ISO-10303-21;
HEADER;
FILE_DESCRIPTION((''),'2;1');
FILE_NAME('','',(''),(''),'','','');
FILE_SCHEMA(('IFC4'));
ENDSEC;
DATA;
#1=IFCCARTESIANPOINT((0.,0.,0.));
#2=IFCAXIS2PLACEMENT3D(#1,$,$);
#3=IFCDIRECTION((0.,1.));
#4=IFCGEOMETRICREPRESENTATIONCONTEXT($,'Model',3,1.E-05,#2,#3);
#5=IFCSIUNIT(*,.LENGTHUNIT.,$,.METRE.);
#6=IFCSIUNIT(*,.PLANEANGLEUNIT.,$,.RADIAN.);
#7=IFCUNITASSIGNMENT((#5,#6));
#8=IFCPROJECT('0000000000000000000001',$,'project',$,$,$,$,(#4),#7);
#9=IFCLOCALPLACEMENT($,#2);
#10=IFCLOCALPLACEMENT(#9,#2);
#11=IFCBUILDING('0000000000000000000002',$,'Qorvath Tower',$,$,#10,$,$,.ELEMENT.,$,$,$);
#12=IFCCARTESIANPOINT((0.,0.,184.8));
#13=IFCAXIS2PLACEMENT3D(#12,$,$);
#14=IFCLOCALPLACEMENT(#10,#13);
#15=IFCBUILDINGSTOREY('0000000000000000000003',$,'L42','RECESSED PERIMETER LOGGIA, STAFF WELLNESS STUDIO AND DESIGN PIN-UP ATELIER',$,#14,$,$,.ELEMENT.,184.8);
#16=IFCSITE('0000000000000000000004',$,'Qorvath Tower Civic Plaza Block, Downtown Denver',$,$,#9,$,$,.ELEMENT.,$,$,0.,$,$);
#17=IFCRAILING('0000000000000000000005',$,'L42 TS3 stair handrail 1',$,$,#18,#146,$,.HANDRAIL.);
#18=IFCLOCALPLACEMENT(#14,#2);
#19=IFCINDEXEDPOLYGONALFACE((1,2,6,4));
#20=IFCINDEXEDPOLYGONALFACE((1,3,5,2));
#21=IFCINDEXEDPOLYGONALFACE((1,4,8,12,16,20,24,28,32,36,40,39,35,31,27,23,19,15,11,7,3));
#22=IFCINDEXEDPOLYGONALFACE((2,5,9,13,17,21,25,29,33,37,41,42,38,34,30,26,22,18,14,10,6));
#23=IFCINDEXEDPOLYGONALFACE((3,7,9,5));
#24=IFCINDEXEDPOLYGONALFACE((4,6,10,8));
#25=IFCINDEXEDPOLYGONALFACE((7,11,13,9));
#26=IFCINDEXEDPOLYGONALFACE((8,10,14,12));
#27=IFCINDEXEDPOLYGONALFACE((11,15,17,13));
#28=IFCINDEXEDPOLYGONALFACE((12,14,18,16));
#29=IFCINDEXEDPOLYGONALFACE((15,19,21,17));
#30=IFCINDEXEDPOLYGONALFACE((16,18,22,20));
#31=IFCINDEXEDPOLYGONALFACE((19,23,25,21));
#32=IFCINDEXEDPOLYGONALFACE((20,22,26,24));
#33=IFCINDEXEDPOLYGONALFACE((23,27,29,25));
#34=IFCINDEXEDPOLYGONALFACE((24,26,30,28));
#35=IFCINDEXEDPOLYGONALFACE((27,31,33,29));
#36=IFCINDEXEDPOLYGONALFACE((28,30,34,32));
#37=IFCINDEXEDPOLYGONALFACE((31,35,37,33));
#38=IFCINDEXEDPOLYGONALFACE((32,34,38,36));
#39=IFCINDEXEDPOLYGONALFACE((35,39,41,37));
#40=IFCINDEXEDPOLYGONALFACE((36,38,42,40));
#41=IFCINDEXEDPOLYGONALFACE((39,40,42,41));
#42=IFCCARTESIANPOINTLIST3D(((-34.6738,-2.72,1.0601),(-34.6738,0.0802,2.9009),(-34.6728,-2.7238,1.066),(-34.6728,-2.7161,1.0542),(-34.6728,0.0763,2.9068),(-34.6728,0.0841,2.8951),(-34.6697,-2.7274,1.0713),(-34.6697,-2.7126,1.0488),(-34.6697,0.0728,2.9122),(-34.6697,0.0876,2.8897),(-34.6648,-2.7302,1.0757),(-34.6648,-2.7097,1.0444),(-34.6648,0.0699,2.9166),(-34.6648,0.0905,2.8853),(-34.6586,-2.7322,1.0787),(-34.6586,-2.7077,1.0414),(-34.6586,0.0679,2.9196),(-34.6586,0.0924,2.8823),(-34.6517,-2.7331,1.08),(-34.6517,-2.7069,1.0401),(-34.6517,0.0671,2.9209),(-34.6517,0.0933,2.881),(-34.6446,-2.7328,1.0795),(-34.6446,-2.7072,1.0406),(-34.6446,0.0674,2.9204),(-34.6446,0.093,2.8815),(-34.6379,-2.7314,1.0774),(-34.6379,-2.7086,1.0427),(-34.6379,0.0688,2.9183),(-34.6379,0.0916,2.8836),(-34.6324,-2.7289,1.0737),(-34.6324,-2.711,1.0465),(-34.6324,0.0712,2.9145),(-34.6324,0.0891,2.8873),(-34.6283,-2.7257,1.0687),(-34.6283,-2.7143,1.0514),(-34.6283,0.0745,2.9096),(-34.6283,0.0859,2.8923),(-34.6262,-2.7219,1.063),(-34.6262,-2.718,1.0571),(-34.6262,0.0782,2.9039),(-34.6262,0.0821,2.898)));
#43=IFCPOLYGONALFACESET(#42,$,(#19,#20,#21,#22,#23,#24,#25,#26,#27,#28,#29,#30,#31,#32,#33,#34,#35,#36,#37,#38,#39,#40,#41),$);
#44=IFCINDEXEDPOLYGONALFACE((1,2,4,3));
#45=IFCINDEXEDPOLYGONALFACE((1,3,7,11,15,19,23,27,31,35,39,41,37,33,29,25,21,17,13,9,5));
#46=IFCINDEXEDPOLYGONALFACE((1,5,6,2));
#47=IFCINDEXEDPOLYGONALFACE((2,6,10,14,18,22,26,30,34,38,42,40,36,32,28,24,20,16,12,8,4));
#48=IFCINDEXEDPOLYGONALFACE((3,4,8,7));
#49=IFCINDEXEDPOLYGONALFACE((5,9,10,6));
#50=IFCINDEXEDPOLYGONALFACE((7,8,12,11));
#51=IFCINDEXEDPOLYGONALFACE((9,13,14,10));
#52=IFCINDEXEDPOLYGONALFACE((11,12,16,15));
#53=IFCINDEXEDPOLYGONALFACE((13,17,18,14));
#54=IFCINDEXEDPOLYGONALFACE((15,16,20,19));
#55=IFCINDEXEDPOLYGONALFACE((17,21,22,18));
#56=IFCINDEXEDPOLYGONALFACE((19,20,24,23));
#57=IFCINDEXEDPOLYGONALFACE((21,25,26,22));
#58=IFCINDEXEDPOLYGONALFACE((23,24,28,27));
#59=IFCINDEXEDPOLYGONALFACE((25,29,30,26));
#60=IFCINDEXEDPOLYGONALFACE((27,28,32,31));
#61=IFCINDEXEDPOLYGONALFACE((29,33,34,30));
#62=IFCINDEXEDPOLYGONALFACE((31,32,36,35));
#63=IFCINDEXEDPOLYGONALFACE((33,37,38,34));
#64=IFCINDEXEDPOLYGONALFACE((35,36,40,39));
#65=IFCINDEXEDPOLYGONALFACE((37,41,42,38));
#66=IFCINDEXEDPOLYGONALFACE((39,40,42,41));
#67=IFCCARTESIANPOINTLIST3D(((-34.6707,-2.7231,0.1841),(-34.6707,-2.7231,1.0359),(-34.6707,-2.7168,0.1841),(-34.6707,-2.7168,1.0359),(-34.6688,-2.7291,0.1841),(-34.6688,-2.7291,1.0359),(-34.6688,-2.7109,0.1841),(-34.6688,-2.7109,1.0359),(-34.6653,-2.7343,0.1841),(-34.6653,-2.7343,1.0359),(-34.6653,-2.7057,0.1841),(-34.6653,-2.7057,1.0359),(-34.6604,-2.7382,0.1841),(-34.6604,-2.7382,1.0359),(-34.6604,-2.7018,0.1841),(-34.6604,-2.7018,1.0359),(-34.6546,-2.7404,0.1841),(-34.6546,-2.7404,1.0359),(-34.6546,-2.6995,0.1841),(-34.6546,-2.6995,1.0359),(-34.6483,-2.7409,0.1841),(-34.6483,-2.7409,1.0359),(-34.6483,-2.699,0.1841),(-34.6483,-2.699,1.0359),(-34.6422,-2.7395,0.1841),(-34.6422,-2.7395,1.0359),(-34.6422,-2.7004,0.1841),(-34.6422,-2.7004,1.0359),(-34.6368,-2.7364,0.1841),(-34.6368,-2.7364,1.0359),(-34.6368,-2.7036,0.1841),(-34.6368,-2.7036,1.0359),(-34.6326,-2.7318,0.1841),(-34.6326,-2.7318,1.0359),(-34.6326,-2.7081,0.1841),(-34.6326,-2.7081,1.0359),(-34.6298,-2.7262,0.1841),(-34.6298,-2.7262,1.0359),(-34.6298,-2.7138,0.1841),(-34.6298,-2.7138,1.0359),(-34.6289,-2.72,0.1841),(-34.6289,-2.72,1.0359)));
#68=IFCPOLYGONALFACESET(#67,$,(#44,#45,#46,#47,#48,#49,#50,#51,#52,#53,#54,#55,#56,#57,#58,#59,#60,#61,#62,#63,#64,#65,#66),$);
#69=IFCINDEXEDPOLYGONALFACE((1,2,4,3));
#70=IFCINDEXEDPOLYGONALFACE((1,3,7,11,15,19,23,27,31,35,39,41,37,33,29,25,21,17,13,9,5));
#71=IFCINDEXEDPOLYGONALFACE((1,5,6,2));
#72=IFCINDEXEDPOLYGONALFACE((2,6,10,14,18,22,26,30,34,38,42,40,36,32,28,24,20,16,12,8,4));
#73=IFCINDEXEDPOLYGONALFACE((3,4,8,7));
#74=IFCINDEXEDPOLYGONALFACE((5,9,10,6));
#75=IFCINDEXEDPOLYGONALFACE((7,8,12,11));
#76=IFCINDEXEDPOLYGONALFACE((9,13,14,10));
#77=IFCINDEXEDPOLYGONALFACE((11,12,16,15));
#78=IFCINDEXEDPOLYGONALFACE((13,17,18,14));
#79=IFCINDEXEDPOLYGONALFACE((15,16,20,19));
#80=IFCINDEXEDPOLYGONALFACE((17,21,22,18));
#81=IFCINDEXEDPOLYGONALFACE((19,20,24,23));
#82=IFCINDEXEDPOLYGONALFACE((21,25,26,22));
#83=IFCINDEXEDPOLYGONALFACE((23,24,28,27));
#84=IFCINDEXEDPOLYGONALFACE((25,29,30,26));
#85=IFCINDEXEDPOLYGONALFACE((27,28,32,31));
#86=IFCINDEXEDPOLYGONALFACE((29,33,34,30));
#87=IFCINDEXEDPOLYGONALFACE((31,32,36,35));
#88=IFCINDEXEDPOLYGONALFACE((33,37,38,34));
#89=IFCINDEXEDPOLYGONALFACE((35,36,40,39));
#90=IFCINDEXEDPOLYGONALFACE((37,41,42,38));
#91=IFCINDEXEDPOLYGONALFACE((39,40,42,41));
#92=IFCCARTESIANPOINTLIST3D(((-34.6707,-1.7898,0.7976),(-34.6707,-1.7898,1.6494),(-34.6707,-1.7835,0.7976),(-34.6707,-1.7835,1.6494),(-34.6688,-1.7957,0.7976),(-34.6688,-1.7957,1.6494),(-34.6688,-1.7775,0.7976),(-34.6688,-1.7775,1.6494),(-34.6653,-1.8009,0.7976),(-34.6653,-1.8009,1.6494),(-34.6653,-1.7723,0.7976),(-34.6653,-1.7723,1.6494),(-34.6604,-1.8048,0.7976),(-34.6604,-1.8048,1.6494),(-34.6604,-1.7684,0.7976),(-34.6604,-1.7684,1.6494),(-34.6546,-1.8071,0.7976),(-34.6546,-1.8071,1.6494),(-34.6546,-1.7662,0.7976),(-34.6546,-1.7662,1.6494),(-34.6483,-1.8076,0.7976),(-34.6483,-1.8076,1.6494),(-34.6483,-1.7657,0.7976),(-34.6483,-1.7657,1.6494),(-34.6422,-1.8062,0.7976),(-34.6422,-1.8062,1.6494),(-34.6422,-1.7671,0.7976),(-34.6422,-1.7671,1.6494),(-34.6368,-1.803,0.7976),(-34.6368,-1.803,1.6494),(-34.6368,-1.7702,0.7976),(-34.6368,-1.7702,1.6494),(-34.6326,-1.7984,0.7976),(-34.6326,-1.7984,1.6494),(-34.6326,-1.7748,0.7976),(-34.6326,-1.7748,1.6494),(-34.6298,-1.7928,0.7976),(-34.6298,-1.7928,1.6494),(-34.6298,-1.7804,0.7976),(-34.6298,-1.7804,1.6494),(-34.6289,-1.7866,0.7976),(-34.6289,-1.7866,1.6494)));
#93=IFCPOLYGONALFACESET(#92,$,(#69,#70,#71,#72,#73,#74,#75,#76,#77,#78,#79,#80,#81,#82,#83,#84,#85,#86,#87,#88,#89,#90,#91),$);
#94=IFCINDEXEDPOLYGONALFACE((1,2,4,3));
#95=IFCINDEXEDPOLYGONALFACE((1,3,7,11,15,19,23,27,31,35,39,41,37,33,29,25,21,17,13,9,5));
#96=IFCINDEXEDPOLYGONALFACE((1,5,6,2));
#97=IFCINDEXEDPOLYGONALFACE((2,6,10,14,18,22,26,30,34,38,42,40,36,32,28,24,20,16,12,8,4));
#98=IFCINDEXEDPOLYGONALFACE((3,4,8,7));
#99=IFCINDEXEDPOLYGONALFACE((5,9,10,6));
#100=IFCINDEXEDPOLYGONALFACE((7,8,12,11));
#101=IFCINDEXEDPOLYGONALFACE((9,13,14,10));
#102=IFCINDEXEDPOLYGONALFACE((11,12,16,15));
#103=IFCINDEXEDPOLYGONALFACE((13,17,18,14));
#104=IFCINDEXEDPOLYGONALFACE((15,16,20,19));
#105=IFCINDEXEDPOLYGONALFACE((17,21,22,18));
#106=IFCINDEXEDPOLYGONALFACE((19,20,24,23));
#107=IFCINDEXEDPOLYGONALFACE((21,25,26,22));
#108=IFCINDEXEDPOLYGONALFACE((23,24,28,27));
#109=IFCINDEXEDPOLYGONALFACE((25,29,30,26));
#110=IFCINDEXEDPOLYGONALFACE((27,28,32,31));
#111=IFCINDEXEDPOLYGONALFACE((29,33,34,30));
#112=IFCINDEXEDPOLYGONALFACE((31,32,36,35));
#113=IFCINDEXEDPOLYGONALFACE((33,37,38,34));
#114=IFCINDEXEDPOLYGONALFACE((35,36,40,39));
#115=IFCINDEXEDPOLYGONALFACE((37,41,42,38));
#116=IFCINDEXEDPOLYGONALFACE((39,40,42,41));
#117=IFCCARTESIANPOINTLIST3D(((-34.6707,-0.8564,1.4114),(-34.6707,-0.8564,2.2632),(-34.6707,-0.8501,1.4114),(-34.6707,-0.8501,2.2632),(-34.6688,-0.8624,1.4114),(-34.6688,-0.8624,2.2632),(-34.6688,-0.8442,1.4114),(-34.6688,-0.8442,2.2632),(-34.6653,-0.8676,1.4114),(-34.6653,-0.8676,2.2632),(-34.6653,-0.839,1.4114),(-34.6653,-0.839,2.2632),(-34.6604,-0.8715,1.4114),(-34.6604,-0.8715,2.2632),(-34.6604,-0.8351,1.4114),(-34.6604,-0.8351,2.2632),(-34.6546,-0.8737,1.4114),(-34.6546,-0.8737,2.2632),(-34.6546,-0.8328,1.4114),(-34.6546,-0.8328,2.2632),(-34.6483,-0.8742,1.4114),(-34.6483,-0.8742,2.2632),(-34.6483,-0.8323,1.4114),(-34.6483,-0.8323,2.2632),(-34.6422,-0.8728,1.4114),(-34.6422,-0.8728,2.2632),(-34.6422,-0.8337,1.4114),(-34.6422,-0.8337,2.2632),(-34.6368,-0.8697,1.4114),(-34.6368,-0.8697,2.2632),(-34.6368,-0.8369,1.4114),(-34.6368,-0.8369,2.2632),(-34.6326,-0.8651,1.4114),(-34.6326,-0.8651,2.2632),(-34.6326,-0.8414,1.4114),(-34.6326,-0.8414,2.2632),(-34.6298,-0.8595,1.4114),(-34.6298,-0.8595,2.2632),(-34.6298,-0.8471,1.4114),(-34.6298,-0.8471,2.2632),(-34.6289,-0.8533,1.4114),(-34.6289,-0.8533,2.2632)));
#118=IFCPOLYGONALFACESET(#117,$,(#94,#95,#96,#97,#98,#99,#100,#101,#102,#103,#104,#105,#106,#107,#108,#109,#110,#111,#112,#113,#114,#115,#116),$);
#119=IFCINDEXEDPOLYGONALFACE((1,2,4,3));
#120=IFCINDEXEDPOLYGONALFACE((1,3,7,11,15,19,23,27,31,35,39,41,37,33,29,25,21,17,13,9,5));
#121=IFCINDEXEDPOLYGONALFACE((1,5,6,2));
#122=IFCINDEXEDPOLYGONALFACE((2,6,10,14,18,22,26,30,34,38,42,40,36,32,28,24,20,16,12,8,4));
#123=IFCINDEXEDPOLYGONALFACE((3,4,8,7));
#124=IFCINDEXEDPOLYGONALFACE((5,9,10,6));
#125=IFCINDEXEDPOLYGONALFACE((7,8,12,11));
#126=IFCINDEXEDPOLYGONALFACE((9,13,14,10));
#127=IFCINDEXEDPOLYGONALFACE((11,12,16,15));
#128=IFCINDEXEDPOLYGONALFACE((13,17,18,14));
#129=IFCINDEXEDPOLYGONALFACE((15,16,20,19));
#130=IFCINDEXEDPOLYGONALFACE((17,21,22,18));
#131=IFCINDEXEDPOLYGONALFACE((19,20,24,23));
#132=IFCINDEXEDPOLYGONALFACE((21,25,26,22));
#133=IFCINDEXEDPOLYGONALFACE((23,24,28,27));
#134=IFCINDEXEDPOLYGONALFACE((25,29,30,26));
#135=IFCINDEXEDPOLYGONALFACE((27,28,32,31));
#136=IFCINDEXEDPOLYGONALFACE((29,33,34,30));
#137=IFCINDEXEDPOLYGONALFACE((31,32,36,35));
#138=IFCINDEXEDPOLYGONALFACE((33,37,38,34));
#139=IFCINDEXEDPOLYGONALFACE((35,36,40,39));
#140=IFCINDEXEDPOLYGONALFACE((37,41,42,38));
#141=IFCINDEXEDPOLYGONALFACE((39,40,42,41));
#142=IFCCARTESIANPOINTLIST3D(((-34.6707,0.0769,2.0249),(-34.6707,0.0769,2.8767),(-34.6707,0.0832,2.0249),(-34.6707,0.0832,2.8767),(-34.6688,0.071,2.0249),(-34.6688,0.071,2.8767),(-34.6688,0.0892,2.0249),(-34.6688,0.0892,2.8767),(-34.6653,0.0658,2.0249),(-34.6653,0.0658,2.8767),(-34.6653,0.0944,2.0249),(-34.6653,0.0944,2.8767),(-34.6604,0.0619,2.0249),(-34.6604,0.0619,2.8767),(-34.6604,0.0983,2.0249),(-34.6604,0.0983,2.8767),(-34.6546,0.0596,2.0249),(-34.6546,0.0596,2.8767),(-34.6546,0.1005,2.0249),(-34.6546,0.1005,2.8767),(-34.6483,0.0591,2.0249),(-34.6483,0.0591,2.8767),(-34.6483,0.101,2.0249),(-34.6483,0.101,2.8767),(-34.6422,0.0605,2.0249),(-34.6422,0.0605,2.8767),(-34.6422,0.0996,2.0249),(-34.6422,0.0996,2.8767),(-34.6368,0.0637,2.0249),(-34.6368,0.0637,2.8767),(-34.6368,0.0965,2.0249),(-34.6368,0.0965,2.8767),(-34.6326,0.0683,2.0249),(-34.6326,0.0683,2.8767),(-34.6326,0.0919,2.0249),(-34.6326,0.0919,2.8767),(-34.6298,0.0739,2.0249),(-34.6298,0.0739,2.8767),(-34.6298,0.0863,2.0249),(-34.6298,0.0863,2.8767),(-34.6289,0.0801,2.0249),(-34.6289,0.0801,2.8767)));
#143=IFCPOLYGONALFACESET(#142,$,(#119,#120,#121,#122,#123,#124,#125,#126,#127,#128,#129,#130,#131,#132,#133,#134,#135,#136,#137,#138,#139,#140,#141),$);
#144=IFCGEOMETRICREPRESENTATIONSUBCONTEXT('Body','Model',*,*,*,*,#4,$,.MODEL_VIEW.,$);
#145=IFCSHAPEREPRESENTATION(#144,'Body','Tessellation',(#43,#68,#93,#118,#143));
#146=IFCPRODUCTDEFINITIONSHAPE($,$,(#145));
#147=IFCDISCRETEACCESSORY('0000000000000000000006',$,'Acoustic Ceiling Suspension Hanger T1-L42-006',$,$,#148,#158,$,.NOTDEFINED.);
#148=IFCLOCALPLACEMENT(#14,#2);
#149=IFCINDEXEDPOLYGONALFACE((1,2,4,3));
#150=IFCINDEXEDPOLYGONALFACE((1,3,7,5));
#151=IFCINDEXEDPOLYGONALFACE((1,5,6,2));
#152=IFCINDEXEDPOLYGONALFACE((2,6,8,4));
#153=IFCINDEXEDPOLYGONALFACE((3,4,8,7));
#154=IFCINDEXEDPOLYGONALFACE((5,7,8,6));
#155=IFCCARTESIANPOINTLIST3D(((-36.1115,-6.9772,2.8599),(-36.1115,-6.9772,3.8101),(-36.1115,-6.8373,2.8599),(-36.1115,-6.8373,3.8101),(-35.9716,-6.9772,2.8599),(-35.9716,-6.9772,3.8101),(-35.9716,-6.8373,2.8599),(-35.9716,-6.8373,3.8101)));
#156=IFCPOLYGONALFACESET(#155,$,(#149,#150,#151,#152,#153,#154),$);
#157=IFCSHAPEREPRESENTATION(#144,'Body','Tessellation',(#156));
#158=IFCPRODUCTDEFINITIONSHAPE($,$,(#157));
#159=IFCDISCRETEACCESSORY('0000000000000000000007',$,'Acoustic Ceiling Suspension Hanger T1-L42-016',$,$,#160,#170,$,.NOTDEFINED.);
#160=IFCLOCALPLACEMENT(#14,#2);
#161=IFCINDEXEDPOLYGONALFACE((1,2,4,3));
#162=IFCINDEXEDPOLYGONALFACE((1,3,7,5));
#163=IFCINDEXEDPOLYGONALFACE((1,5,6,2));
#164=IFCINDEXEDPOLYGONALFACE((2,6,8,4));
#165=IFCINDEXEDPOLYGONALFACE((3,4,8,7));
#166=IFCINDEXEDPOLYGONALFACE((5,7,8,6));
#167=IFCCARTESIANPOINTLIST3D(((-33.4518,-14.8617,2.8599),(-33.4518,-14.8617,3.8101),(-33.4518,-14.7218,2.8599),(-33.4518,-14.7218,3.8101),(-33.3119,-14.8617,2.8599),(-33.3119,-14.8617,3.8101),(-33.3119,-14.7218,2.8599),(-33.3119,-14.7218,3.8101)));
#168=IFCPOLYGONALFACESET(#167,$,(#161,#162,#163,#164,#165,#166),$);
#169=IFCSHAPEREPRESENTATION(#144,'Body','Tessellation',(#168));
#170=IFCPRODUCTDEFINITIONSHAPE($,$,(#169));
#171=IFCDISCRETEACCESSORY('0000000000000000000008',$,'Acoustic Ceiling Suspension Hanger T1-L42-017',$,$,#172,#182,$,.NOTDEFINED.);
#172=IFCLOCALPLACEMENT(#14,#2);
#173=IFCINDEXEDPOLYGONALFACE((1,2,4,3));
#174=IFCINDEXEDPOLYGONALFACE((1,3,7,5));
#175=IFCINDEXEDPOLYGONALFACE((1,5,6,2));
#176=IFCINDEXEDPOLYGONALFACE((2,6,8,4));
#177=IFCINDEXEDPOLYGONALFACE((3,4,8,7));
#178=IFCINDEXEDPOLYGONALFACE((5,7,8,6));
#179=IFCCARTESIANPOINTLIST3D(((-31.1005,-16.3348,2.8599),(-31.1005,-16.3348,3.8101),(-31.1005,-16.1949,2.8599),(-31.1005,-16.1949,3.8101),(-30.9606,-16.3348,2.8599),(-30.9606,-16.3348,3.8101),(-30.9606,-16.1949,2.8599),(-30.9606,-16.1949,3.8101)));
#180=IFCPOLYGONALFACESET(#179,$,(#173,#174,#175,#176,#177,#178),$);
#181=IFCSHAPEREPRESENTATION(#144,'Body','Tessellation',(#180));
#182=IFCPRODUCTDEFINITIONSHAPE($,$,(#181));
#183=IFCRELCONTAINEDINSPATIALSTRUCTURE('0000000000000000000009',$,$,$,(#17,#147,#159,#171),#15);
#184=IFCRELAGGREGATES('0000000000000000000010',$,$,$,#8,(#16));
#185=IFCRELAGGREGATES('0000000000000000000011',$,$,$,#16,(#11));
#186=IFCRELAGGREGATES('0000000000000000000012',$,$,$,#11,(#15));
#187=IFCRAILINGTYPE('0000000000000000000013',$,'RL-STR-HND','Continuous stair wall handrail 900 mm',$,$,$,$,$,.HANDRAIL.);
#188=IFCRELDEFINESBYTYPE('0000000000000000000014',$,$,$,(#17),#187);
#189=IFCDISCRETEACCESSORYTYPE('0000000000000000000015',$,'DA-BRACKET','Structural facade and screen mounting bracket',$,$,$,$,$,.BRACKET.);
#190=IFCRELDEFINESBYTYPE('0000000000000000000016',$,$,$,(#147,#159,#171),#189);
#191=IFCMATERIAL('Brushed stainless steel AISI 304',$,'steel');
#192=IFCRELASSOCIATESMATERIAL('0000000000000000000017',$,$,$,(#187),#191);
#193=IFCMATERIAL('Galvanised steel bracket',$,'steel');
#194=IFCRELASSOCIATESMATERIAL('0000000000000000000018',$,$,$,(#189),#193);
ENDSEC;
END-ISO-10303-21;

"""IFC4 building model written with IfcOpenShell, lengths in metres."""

from ifc_helpers import new_model, si_unit, direction, frame, origin, origin_2d, place, context, subcontext, project, spatial, rectangle, circle, extrude, material, type_object, element, save


model = new_model("IFC4")

# Units and contexts
model_context = context("Model", 3, precision=1e-05, world=origin(), true_north=direction((0.0, 1.0)))
body_context = subcontext(model_context, "Body", "Model", "MODEL_VIEW")
ifc_project = project(units=[si_unit("LENGTHUNIT", "METRE"), si_unit("PLANEANGLEUNIT", "RADIAN")], contexts=[model_context])

# Site, building, storey
site_placement = place(None, origin())
site = spatial("IfcSite", under=ifc_project, at=site_placement, Name="Qorvath Tower Civic Plaza Block, Downtown Denver", CompositionType="ELEMENT", RefElevation=0.0)
building_placement = place(site_placement, origin())
building = spatial("IfcBuilding", under=site, at=building_placement, Name="Qorvath Tower", CompositionType="ELEMENT")
storey_placement = place(building_placement, frame((0.0, 0.0, 184.8)))
storey = spatial("IfcBuildingStorey", under=building, at=storey_placement, Name="L42", Description="RECESSED PERIMETER LOGGIA, STAFF WELLNESS STUDIO AND DESIGN PIN-UP ATELIER", CompositionType="ELEMENT", Elevation=184.8)

# Railing
ifc_material_1 = material(Name="Brushed stainless steel AISI 304", Category="steel")
railing_type_1 = type_object("IfcRailingType", Name="RL-STR-HND", Description="Continuous stair wall handrail 900 mm", PredefinedType="HANDRAIL", material=ifc_material_1)
railing_1_placement = place(storey_placement, frame((-34.6499, -2.72, 0.1841)))
element("IfcRailing", 1, at=railing_1_placement, inside=storey, type_object=railing_type_1, Name="L42 TS3 stair handrail 1", PredefinedType="HANDRAIL", context=body_context, shape_type="SweptSolid", body=[
    extrude(circle(Radius=0.0239, at=origin_2d()), frame((0.0, 0.0, 0.876), z_axis=(0.0, 0.835598, 0.549342), x_axis=(-1.0, 0.0, 0.0)), (0.0, 0.0, 1.0), 3.3511),
    extrude(circle(Radius=0.021, at=origin_2d()), origin(), (0.0, 0.0, 1.0), 0.8518),
    extrude(circle(Radius=0.021, at=origin_2d()), frame((0.0, 0.9333, 0.6135)), (0.0, 0.0, 1.0), 0.8518),
    extrude(circle(Radius=0.021, at=origin_2d()), frame((0.0, 1.8667, 1.2273)), (0.0, 0.0, 1.0), 0.8518),
    extrude(circle(Radius=0.021, at=origin_2d()), frame((0.0, 2.8, 1.8408)), (0.0, 0.0, 1.0), 0.8518),
])

# Discrete accessories
ifc_material_2 = material(Name="Galvanised steel bracket", Category="steel")
discrete_accessory_type = type_object("IfcDiscreteAccessoryType", Name="DA-BRACKET", Description="Structural facade and screen mounting bracket", PredefinedType="BRACKET", material=ifc_material_2)
for number, where, z_axis, x_axis, name in (
    (2, (-36.0415, -6.9072, 2.8599), (0.0, 0.0, 1.0), (1.0, 0.0, 0.0), "Acoustic Ceiling Suspension Hanger T1-L42-006"),
    (3, (-33.3818, -14.7917, 2.8599), (0.0, 0.0, 1.0), (1.0, 0.0, 0.0), "Acoustic Ceiling Suspension Hanger T1-L42-016"),
    (4, (-31.0305, -16.2649, 2.8599), (0.0, 0.0, 1.0), (1.0, 0.0, 0.0), "Acoustic Ceiling Suspension Hanger T1-L42-017"),
):
    element("IfcDiscreteAccessory", number, at=place(storey_placement, frame(where, z_axis=z_axis, x_axis=x_axis)), inside=storey, type_object=discrete_accessory_type, Name=name, PredefinedType="NOTDEFINED", context=body_context, shape_type="SweptSolid", body=[
        extrude(rectangle(XDim=0.1399, YDim=0.1399, at=origin_2d()), origin(), (0.0, 0.0, 1.0), 0.9502),
    ])

save(model, "model.ifc")
